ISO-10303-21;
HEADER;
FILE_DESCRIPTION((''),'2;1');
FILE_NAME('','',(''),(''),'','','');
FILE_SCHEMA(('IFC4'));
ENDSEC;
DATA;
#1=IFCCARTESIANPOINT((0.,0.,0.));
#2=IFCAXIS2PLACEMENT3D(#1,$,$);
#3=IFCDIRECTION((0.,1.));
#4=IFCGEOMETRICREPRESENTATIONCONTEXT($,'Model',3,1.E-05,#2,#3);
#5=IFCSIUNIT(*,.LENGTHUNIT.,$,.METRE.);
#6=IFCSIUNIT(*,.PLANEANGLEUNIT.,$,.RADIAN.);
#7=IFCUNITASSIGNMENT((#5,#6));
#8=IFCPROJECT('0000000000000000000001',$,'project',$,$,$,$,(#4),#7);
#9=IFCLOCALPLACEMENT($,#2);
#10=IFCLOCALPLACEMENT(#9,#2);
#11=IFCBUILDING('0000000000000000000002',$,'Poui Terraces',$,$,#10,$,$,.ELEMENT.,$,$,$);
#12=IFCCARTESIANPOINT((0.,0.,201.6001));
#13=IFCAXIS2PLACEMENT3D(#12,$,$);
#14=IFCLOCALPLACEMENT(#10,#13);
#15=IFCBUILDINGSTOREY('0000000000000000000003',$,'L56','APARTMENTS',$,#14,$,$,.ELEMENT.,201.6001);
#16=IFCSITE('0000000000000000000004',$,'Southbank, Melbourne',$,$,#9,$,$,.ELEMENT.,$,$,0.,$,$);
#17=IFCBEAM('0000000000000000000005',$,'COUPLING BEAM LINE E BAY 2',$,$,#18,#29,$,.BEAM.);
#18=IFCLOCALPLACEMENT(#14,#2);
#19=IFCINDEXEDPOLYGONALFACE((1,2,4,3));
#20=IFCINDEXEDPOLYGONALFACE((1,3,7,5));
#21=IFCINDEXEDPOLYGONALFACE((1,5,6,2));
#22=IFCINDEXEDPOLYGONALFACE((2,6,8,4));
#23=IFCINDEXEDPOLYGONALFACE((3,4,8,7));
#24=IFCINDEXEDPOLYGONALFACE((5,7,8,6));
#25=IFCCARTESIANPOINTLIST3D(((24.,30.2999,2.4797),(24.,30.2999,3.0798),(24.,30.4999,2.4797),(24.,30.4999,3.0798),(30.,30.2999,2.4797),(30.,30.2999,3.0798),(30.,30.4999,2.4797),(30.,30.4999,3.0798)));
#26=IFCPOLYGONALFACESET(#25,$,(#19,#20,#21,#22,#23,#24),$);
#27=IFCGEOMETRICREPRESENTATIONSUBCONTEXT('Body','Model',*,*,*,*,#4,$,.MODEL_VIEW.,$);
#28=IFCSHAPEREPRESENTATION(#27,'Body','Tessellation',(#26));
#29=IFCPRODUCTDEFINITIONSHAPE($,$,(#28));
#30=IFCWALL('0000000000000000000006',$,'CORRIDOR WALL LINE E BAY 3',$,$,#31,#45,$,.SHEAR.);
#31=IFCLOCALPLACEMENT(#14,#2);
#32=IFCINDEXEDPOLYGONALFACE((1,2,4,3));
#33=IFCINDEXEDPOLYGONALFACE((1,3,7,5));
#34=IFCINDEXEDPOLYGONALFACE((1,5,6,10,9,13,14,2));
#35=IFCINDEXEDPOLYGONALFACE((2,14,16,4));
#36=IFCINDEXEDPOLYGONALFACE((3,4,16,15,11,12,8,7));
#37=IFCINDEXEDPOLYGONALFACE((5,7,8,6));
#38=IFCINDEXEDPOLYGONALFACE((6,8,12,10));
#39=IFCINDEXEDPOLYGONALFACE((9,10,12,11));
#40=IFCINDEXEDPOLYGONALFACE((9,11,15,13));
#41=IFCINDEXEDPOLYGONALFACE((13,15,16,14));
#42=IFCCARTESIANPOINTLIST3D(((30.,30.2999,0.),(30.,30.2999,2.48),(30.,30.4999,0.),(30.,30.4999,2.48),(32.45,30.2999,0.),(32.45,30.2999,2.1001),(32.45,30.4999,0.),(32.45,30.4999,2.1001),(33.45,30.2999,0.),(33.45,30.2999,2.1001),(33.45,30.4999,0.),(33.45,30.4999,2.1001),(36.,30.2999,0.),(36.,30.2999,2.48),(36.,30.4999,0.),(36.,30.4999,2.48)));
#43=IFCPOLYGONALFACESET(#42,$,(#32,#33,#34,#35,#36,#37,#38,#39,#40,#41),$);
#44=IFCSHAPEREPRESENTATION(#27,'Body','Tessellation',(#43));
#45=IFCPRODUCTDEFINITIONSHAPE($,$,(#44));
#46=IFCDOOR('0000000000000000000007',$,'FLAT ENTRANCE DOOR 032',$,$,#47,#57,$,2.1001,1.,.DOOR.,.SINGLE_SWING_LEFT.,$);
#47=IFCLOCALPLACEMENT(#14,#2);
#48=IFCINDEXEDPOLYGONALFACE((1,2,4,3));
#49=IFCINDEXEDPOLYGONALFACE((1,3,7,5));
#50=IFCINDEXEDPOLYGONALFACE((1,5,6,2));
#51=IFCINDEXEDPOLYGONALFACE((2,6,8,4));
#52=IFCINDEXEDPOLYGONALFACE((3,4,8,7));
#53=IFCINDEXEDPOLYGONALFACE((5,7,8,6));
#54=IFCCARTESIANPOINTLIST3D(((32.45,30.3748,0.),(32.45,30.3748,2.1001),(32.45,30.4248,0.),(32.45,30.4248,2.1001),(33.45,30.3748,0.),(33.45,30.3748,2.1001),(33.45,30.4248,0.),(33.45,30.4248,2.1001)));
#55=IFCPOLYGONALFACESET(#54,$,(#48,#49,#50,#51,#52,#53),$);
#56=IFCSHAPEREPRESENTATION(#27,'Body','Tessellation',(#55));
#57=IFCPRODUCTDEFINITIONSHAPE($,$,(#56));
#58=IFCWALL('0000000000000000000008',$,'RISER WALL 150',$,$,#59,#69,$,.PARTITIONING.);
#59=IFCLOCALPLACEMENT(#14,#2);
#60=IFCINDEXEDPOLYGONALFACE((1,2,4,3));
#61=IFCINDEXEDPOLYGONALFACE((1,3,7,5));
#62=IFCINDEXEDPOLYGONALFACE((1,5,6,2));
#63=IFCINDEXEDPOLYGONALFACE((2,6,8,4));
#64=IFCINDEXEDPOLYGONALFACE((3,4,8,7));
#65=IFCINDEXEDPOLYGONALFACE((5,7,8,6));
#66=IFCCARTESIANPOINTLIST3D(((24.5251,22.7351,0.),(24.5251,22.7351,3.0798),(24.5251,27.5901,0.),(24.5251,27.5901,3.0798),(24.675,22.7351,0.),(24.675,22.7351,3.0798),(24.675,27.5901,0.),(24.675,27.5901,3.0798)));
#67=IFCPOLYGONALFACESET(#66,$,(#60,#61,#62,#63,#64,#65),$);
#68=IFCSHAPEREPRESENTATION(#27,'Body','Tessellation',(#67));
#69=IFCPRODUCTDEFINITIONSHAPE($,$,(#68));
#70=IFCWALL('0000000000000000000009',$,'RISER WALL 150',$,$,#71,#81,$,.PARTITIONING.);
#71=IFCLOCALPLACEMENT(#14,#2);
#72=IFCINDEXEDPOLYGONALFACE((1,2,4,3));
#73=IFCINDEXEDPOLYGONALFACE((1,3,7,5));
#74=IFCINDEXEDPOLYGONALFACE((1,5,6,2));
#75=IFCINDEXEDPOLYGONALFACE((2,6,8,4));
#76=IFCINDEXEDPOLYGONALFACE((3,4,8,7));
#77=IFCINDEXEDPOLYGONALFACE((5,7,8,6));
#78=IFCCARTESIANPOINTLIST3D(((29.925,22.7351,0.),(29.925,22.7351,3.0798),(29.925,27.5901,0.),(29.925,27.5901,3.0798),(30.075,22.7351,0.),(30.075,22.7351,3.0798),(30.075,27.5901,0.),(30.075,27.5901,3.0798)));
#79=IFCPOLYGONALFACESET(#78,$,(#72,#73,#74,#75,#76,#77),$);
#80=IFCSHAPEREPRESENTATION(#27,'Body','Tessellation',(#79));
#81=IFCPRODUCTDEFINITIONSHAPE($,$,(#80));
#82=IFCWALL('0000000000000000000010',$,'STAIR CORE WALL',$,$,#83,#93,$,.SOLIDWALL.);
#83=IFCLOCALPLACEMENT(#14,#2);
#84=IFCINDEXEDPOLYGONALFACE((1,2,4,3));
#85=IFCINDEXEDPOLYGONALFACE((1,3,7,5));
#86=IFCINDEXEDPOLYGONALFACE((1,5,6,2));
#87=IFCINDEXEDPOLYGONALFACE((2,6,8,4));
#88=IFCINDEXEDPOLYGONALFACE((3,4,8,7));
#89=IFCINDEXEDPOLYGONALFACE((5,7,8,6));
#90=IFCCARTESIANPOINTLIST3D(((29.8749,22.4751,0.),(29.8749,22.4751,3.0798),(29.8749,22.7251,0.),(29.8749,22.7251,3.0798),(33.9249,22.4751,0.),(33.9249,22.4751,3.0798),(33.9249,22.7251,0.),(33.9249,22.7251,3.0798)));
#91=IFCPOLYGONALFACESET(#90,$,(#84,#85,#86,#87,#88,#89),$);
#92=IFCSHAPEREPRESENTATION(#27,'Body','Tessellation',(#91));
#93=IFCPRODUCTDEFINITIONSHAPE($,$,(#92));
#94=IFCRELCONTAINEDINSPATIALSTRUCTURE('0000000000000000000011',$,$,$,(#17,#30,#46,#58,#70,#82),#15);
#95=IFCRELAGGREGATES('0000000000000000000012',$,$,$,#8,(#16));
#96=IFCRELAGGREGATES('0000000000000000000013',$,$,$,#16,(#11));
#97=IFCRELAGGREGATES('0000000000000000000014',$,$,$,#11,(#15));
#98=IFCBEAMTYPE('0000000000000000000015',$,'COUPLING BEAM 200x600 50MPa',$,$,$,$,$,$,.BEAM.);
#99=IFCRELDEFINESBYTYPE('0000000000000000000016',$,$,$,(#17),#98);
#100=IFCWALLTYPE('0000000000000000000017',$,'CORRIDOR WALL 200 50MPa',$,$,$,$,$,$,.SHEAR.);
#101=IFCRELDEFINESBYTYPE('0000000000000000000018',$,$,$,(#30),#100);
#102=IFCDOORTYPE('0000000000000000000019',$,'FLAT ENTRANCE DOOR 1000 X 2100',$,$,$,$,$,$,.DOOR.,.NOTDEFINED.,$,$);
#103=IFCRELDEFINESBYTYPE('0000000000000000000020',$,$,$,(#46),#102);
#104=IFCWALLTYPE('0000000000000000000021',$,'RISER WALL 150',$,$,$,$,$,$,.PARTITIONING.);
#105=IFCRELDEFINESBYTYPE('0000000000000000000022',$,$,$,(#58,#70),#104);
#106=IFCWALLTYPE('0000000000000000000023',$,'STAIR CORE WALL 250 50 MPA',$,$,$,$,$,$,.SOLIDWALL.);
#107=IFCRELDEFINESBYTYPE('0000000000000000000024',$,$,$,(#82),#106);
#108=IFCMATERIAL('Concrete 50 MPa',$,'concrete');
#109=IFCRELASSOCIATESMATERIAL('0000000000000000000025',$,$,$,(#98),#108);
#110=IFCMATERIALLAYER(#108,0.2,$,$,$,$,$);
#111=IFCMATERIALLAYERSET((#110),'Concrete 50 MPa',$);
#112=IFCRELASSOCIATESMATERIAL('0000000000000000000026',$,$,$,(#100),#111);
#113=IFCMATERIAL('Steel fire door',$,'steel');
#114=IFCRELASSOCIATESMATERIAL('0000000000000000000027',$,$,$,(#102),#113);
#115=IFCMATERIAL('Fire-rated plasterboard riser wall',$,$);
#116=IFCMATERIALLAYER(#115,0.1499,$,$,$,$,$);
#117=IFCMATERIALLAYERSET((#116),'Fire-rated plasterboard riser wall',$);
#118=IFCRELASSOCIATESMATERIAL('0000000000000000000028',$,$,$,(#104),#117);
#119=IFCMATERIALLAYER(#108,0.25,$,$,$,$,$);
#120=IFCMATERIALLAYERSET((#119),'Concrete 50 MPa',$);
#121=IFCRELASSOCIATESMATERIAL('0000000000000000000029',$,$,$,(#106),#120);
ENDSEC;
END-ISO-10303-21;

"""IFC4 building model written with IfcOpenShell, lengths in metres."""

from ifc_helpers import new_model, si_unit, direction, frame, frame_2d, origin, origin_2d, place, context, subcontext, project, spatial, rectangle, extrude, source, transform, mapped, material, layer, layer_set, material_profile, profile_set, type_object, element, fill, save


model = new_model("IFC4")

# Units and contexts
model_context = context("Model", 3, precision=1e-05, world=origin(), true_north=direction((0.0, 1.0)))
body_context = subcontext(model_context, "Body", "Model", "MODEL_VIEW")
ifc_project = project(units=[si_unit("LENGTHUNIT", "METRE"), si_unit("PLANEANGLEUNIT", "RADIAN")], contexts=[model_context])

# Site, building, storey
site_placement = place(None, origin())
site = spatial("IfcSite", under=ifc_project, at=site_placement, Name="Southbank, Melbourne", CompositionType="ELEMENT", RefElevation=0.0)
building_placement = place(site_placement, origin())
building = spatial("IfcBuilding", under=site, at=building_placement, Name="Poui Terraces", CompositionType="ELEMENT")
storey_placement = place(building_placement, frame((0.0, 0.0, 201.6001)))
storey = spatial("IfcBuildingStorey", under=building, at=storey_placement, Name="L56", Description="APARTMENTS", CompositionType="ELEMENT", Elevation=201.6001)

# Beam
ifc_material_1 = material(Name="Concrete 50 MPa", Category="concrete")
ifc_material_profile = material_profile(ifc_material_1, rectangle(XDim=0.2, YDim=0.6001, at=origin_2d()), Name="RC 200x600")
ifc_profile_set = profile_set([ifc_material_profile], Name="Concrete 50 MPa")
beam_type = type_object("IfcBeamType", Name="COUPLING BEAM 200x600 50MPa", PredefinedType="BEAM", material=ifc_profile_set)
shared_shape = source(origin(), body_context, "Body", "SweptSolid", [
    extrude(rectangle(XDim=0.2, YDim=0.6001, at=origin_2d()), origin(), (0.0, 0.0, 1.0), 6.0),
])
beam_placement = place(storey_placement, frame((24.0, 30.3999, 2.7798), z_axis=(1.0, 0.0, 0.0), x_axis=(0.0, 1.0, 0.0)))
element("IfcBeam", 1, at=beam_placement, inside=storey, type_object=beam_type, Name="COUPLING BEAM LINE E BAY 2", PredefinedType="BEAM", context=body_context, shape_type="MappedRepresentation", body=[
    mapped(shared_shape, transform((0.0, 0.0, 0.0))),
])

# Wall, opening, door
ifc_layer_1 = layer(ifc_material_1, 0.2)
ifc_layer_set_1 = layer_set([ifc_layer_1], Name="Concrete 50 MPa")
wall_type_1 = type_object("IfcWallType", Name="CORRIDOR WALL 200 50MPa", PredefinedType="SHEAR", material=ifc_layer_set_1)
wall_1_placement = place(storey_placement, frame((30.0, 30.3999, 0.0), z_axis=(0.0, 0.0, 1.0), x_axis=(1.0, 0.0, 0.0)))
wall_1 = element("IfcWall", 2, at=wall_1_placement, inside=storey, type_object=wall_type_1, Name="CORRIDOR WALL LINE E BAY 3", PredefinedType="SHEAR", context=body_context, shape_type="SweptSolid", body=[
    extrude(rectangle(XDim=6.0, YDim=0.2, at=frame_2d((3.0, 0.0))), origin(), (0.0, 0.0, 1.0), 2.48),
])
opening_placement = place(wall_1_placement, frame((2.45, 0.0, 0.0)))
opening = element("IfcOpeningElement", 3, at=opening_placement, cuts=wall_1, PredefinedType="OPENING", context=body_context, shape_type="SweptSolid", body=[
    extrude(rectangle(XDim=1.0, YDim=2.1001, at=frame_2d((0.5, 1.05))), frame((0.0, 0.1099, 0.0), z_axis=(0.0, -1.0, 0.0), x_axis=(1.0, 0.0, 0.0)), (0.0, 0.0, 1.0), 0.22),
])
ifc_material_2 = material(Name="Steel fire door", Category="steel")
door_type = type_object("IfcDoorType", Name="FLAT ENTRANCE DOOR 1000 X 2100", OperationType="NOTDEFINED", PredefinedType="DOOR", material=ifc_material_2)
door_placement = place(opening_placement, origin())
door = element("IfcDoor", 4, at=door_placement, inside=storey, type_object=door_type, Name="FLAT ENTRANCE DOOR 032", OperationType="SINGLE_SWING_LEFT", OverallHeight=2.1001, OverallWidth=1.0, PredefinedType="DOOR", context=body_context, shape_type="SweptSolid", body=[
    extrude(rectangle(XDim=1.0, YDim=2.1001, at=frame_2d((0.5, 1.05))), frame((0.0, 0.0249, 0.0), z_axis=(0.0, -1.0, 0.0), x_axis=(1.0, 0.0, 0.0)), (0.0, 0.0, 1.0), 0.05),
])
fill(opening, door)

# Walls
ifc_material_3 = material(Name="Fire-rated plasterboard riser wall")
ifc_layer_2 = layer(ifc_material_3, 0.1499)
ifc_layer_set_2 = layer_set([ifc_layer_2], Name="Fire-rated plasterboard riser wall")
wall_type_2 = type_object("IfcWallType", Name="RISER WALL 150", PredefinedType="PARTITIONING", material=ifc_layer_set_2)
for number, where, z_axis, x_axis, name in (
    (5, (24.6001, 22.7351, 0.0), (0.0, 0.0, 1.0), (0.0, 1.0, 0.0), "RISER WALL 150"),
    (6, (30.0, 22.7351, 0.0), (0.0, 0.0, 1.0), (0.0, 1.0, 0.0), "RISER WALL 150"),
):
    element("IfcWall", number, at=place(storey_placement, frame(where, z_axis=z_axis, x_axis=x_axis)), inside=storey, type_object=wall_type_2, Name=name, PredefinedType="PARTITIONING", context=body_context, shape_type="SweptSolid", body=[
        extrude(rectangle(XDim=4.855, YDim=0.1499, at=frame_2d((2.4275, 0.0))), origin(), (0.0, 0.0, 1.0), 3.0798),
    ])
ifc_layer_3 = layer(ifc_material_1, 0.25)
ifc_layer_set_3 = layer_set([ifc_layer_3], Name="Concrete 50 MPa")
wall_type_3 = type_object("IfcWallType", Name="STAIR CORE WALL 250 50 MPA", PredefinedType="SOLIDWALL", material=ifc_layer_set_3)
wall_2_placement = place(storey_placement, frame((29.875, 22.6001, 0.0), z_axis=(0.0, 0.0, 1.0), x_axis=(1.0, 0.0, 0.0)))
element("IfcWall", 7, at=wall_2_placement, inside=storey, type_object=wall_type_3, Name="STAIR CORE WALL", PredefinedType="SOLIDWALL", context=body_context, shape_type="SweptSolid", body=[
    extrude(rectangle(XDim=4.05, YDim=0.25, at=frame_2d((2.0249, 0.0))), origin(), (0.0, 0.0, 1.0), 3.0798),
])

save(model, "model.ifc")
